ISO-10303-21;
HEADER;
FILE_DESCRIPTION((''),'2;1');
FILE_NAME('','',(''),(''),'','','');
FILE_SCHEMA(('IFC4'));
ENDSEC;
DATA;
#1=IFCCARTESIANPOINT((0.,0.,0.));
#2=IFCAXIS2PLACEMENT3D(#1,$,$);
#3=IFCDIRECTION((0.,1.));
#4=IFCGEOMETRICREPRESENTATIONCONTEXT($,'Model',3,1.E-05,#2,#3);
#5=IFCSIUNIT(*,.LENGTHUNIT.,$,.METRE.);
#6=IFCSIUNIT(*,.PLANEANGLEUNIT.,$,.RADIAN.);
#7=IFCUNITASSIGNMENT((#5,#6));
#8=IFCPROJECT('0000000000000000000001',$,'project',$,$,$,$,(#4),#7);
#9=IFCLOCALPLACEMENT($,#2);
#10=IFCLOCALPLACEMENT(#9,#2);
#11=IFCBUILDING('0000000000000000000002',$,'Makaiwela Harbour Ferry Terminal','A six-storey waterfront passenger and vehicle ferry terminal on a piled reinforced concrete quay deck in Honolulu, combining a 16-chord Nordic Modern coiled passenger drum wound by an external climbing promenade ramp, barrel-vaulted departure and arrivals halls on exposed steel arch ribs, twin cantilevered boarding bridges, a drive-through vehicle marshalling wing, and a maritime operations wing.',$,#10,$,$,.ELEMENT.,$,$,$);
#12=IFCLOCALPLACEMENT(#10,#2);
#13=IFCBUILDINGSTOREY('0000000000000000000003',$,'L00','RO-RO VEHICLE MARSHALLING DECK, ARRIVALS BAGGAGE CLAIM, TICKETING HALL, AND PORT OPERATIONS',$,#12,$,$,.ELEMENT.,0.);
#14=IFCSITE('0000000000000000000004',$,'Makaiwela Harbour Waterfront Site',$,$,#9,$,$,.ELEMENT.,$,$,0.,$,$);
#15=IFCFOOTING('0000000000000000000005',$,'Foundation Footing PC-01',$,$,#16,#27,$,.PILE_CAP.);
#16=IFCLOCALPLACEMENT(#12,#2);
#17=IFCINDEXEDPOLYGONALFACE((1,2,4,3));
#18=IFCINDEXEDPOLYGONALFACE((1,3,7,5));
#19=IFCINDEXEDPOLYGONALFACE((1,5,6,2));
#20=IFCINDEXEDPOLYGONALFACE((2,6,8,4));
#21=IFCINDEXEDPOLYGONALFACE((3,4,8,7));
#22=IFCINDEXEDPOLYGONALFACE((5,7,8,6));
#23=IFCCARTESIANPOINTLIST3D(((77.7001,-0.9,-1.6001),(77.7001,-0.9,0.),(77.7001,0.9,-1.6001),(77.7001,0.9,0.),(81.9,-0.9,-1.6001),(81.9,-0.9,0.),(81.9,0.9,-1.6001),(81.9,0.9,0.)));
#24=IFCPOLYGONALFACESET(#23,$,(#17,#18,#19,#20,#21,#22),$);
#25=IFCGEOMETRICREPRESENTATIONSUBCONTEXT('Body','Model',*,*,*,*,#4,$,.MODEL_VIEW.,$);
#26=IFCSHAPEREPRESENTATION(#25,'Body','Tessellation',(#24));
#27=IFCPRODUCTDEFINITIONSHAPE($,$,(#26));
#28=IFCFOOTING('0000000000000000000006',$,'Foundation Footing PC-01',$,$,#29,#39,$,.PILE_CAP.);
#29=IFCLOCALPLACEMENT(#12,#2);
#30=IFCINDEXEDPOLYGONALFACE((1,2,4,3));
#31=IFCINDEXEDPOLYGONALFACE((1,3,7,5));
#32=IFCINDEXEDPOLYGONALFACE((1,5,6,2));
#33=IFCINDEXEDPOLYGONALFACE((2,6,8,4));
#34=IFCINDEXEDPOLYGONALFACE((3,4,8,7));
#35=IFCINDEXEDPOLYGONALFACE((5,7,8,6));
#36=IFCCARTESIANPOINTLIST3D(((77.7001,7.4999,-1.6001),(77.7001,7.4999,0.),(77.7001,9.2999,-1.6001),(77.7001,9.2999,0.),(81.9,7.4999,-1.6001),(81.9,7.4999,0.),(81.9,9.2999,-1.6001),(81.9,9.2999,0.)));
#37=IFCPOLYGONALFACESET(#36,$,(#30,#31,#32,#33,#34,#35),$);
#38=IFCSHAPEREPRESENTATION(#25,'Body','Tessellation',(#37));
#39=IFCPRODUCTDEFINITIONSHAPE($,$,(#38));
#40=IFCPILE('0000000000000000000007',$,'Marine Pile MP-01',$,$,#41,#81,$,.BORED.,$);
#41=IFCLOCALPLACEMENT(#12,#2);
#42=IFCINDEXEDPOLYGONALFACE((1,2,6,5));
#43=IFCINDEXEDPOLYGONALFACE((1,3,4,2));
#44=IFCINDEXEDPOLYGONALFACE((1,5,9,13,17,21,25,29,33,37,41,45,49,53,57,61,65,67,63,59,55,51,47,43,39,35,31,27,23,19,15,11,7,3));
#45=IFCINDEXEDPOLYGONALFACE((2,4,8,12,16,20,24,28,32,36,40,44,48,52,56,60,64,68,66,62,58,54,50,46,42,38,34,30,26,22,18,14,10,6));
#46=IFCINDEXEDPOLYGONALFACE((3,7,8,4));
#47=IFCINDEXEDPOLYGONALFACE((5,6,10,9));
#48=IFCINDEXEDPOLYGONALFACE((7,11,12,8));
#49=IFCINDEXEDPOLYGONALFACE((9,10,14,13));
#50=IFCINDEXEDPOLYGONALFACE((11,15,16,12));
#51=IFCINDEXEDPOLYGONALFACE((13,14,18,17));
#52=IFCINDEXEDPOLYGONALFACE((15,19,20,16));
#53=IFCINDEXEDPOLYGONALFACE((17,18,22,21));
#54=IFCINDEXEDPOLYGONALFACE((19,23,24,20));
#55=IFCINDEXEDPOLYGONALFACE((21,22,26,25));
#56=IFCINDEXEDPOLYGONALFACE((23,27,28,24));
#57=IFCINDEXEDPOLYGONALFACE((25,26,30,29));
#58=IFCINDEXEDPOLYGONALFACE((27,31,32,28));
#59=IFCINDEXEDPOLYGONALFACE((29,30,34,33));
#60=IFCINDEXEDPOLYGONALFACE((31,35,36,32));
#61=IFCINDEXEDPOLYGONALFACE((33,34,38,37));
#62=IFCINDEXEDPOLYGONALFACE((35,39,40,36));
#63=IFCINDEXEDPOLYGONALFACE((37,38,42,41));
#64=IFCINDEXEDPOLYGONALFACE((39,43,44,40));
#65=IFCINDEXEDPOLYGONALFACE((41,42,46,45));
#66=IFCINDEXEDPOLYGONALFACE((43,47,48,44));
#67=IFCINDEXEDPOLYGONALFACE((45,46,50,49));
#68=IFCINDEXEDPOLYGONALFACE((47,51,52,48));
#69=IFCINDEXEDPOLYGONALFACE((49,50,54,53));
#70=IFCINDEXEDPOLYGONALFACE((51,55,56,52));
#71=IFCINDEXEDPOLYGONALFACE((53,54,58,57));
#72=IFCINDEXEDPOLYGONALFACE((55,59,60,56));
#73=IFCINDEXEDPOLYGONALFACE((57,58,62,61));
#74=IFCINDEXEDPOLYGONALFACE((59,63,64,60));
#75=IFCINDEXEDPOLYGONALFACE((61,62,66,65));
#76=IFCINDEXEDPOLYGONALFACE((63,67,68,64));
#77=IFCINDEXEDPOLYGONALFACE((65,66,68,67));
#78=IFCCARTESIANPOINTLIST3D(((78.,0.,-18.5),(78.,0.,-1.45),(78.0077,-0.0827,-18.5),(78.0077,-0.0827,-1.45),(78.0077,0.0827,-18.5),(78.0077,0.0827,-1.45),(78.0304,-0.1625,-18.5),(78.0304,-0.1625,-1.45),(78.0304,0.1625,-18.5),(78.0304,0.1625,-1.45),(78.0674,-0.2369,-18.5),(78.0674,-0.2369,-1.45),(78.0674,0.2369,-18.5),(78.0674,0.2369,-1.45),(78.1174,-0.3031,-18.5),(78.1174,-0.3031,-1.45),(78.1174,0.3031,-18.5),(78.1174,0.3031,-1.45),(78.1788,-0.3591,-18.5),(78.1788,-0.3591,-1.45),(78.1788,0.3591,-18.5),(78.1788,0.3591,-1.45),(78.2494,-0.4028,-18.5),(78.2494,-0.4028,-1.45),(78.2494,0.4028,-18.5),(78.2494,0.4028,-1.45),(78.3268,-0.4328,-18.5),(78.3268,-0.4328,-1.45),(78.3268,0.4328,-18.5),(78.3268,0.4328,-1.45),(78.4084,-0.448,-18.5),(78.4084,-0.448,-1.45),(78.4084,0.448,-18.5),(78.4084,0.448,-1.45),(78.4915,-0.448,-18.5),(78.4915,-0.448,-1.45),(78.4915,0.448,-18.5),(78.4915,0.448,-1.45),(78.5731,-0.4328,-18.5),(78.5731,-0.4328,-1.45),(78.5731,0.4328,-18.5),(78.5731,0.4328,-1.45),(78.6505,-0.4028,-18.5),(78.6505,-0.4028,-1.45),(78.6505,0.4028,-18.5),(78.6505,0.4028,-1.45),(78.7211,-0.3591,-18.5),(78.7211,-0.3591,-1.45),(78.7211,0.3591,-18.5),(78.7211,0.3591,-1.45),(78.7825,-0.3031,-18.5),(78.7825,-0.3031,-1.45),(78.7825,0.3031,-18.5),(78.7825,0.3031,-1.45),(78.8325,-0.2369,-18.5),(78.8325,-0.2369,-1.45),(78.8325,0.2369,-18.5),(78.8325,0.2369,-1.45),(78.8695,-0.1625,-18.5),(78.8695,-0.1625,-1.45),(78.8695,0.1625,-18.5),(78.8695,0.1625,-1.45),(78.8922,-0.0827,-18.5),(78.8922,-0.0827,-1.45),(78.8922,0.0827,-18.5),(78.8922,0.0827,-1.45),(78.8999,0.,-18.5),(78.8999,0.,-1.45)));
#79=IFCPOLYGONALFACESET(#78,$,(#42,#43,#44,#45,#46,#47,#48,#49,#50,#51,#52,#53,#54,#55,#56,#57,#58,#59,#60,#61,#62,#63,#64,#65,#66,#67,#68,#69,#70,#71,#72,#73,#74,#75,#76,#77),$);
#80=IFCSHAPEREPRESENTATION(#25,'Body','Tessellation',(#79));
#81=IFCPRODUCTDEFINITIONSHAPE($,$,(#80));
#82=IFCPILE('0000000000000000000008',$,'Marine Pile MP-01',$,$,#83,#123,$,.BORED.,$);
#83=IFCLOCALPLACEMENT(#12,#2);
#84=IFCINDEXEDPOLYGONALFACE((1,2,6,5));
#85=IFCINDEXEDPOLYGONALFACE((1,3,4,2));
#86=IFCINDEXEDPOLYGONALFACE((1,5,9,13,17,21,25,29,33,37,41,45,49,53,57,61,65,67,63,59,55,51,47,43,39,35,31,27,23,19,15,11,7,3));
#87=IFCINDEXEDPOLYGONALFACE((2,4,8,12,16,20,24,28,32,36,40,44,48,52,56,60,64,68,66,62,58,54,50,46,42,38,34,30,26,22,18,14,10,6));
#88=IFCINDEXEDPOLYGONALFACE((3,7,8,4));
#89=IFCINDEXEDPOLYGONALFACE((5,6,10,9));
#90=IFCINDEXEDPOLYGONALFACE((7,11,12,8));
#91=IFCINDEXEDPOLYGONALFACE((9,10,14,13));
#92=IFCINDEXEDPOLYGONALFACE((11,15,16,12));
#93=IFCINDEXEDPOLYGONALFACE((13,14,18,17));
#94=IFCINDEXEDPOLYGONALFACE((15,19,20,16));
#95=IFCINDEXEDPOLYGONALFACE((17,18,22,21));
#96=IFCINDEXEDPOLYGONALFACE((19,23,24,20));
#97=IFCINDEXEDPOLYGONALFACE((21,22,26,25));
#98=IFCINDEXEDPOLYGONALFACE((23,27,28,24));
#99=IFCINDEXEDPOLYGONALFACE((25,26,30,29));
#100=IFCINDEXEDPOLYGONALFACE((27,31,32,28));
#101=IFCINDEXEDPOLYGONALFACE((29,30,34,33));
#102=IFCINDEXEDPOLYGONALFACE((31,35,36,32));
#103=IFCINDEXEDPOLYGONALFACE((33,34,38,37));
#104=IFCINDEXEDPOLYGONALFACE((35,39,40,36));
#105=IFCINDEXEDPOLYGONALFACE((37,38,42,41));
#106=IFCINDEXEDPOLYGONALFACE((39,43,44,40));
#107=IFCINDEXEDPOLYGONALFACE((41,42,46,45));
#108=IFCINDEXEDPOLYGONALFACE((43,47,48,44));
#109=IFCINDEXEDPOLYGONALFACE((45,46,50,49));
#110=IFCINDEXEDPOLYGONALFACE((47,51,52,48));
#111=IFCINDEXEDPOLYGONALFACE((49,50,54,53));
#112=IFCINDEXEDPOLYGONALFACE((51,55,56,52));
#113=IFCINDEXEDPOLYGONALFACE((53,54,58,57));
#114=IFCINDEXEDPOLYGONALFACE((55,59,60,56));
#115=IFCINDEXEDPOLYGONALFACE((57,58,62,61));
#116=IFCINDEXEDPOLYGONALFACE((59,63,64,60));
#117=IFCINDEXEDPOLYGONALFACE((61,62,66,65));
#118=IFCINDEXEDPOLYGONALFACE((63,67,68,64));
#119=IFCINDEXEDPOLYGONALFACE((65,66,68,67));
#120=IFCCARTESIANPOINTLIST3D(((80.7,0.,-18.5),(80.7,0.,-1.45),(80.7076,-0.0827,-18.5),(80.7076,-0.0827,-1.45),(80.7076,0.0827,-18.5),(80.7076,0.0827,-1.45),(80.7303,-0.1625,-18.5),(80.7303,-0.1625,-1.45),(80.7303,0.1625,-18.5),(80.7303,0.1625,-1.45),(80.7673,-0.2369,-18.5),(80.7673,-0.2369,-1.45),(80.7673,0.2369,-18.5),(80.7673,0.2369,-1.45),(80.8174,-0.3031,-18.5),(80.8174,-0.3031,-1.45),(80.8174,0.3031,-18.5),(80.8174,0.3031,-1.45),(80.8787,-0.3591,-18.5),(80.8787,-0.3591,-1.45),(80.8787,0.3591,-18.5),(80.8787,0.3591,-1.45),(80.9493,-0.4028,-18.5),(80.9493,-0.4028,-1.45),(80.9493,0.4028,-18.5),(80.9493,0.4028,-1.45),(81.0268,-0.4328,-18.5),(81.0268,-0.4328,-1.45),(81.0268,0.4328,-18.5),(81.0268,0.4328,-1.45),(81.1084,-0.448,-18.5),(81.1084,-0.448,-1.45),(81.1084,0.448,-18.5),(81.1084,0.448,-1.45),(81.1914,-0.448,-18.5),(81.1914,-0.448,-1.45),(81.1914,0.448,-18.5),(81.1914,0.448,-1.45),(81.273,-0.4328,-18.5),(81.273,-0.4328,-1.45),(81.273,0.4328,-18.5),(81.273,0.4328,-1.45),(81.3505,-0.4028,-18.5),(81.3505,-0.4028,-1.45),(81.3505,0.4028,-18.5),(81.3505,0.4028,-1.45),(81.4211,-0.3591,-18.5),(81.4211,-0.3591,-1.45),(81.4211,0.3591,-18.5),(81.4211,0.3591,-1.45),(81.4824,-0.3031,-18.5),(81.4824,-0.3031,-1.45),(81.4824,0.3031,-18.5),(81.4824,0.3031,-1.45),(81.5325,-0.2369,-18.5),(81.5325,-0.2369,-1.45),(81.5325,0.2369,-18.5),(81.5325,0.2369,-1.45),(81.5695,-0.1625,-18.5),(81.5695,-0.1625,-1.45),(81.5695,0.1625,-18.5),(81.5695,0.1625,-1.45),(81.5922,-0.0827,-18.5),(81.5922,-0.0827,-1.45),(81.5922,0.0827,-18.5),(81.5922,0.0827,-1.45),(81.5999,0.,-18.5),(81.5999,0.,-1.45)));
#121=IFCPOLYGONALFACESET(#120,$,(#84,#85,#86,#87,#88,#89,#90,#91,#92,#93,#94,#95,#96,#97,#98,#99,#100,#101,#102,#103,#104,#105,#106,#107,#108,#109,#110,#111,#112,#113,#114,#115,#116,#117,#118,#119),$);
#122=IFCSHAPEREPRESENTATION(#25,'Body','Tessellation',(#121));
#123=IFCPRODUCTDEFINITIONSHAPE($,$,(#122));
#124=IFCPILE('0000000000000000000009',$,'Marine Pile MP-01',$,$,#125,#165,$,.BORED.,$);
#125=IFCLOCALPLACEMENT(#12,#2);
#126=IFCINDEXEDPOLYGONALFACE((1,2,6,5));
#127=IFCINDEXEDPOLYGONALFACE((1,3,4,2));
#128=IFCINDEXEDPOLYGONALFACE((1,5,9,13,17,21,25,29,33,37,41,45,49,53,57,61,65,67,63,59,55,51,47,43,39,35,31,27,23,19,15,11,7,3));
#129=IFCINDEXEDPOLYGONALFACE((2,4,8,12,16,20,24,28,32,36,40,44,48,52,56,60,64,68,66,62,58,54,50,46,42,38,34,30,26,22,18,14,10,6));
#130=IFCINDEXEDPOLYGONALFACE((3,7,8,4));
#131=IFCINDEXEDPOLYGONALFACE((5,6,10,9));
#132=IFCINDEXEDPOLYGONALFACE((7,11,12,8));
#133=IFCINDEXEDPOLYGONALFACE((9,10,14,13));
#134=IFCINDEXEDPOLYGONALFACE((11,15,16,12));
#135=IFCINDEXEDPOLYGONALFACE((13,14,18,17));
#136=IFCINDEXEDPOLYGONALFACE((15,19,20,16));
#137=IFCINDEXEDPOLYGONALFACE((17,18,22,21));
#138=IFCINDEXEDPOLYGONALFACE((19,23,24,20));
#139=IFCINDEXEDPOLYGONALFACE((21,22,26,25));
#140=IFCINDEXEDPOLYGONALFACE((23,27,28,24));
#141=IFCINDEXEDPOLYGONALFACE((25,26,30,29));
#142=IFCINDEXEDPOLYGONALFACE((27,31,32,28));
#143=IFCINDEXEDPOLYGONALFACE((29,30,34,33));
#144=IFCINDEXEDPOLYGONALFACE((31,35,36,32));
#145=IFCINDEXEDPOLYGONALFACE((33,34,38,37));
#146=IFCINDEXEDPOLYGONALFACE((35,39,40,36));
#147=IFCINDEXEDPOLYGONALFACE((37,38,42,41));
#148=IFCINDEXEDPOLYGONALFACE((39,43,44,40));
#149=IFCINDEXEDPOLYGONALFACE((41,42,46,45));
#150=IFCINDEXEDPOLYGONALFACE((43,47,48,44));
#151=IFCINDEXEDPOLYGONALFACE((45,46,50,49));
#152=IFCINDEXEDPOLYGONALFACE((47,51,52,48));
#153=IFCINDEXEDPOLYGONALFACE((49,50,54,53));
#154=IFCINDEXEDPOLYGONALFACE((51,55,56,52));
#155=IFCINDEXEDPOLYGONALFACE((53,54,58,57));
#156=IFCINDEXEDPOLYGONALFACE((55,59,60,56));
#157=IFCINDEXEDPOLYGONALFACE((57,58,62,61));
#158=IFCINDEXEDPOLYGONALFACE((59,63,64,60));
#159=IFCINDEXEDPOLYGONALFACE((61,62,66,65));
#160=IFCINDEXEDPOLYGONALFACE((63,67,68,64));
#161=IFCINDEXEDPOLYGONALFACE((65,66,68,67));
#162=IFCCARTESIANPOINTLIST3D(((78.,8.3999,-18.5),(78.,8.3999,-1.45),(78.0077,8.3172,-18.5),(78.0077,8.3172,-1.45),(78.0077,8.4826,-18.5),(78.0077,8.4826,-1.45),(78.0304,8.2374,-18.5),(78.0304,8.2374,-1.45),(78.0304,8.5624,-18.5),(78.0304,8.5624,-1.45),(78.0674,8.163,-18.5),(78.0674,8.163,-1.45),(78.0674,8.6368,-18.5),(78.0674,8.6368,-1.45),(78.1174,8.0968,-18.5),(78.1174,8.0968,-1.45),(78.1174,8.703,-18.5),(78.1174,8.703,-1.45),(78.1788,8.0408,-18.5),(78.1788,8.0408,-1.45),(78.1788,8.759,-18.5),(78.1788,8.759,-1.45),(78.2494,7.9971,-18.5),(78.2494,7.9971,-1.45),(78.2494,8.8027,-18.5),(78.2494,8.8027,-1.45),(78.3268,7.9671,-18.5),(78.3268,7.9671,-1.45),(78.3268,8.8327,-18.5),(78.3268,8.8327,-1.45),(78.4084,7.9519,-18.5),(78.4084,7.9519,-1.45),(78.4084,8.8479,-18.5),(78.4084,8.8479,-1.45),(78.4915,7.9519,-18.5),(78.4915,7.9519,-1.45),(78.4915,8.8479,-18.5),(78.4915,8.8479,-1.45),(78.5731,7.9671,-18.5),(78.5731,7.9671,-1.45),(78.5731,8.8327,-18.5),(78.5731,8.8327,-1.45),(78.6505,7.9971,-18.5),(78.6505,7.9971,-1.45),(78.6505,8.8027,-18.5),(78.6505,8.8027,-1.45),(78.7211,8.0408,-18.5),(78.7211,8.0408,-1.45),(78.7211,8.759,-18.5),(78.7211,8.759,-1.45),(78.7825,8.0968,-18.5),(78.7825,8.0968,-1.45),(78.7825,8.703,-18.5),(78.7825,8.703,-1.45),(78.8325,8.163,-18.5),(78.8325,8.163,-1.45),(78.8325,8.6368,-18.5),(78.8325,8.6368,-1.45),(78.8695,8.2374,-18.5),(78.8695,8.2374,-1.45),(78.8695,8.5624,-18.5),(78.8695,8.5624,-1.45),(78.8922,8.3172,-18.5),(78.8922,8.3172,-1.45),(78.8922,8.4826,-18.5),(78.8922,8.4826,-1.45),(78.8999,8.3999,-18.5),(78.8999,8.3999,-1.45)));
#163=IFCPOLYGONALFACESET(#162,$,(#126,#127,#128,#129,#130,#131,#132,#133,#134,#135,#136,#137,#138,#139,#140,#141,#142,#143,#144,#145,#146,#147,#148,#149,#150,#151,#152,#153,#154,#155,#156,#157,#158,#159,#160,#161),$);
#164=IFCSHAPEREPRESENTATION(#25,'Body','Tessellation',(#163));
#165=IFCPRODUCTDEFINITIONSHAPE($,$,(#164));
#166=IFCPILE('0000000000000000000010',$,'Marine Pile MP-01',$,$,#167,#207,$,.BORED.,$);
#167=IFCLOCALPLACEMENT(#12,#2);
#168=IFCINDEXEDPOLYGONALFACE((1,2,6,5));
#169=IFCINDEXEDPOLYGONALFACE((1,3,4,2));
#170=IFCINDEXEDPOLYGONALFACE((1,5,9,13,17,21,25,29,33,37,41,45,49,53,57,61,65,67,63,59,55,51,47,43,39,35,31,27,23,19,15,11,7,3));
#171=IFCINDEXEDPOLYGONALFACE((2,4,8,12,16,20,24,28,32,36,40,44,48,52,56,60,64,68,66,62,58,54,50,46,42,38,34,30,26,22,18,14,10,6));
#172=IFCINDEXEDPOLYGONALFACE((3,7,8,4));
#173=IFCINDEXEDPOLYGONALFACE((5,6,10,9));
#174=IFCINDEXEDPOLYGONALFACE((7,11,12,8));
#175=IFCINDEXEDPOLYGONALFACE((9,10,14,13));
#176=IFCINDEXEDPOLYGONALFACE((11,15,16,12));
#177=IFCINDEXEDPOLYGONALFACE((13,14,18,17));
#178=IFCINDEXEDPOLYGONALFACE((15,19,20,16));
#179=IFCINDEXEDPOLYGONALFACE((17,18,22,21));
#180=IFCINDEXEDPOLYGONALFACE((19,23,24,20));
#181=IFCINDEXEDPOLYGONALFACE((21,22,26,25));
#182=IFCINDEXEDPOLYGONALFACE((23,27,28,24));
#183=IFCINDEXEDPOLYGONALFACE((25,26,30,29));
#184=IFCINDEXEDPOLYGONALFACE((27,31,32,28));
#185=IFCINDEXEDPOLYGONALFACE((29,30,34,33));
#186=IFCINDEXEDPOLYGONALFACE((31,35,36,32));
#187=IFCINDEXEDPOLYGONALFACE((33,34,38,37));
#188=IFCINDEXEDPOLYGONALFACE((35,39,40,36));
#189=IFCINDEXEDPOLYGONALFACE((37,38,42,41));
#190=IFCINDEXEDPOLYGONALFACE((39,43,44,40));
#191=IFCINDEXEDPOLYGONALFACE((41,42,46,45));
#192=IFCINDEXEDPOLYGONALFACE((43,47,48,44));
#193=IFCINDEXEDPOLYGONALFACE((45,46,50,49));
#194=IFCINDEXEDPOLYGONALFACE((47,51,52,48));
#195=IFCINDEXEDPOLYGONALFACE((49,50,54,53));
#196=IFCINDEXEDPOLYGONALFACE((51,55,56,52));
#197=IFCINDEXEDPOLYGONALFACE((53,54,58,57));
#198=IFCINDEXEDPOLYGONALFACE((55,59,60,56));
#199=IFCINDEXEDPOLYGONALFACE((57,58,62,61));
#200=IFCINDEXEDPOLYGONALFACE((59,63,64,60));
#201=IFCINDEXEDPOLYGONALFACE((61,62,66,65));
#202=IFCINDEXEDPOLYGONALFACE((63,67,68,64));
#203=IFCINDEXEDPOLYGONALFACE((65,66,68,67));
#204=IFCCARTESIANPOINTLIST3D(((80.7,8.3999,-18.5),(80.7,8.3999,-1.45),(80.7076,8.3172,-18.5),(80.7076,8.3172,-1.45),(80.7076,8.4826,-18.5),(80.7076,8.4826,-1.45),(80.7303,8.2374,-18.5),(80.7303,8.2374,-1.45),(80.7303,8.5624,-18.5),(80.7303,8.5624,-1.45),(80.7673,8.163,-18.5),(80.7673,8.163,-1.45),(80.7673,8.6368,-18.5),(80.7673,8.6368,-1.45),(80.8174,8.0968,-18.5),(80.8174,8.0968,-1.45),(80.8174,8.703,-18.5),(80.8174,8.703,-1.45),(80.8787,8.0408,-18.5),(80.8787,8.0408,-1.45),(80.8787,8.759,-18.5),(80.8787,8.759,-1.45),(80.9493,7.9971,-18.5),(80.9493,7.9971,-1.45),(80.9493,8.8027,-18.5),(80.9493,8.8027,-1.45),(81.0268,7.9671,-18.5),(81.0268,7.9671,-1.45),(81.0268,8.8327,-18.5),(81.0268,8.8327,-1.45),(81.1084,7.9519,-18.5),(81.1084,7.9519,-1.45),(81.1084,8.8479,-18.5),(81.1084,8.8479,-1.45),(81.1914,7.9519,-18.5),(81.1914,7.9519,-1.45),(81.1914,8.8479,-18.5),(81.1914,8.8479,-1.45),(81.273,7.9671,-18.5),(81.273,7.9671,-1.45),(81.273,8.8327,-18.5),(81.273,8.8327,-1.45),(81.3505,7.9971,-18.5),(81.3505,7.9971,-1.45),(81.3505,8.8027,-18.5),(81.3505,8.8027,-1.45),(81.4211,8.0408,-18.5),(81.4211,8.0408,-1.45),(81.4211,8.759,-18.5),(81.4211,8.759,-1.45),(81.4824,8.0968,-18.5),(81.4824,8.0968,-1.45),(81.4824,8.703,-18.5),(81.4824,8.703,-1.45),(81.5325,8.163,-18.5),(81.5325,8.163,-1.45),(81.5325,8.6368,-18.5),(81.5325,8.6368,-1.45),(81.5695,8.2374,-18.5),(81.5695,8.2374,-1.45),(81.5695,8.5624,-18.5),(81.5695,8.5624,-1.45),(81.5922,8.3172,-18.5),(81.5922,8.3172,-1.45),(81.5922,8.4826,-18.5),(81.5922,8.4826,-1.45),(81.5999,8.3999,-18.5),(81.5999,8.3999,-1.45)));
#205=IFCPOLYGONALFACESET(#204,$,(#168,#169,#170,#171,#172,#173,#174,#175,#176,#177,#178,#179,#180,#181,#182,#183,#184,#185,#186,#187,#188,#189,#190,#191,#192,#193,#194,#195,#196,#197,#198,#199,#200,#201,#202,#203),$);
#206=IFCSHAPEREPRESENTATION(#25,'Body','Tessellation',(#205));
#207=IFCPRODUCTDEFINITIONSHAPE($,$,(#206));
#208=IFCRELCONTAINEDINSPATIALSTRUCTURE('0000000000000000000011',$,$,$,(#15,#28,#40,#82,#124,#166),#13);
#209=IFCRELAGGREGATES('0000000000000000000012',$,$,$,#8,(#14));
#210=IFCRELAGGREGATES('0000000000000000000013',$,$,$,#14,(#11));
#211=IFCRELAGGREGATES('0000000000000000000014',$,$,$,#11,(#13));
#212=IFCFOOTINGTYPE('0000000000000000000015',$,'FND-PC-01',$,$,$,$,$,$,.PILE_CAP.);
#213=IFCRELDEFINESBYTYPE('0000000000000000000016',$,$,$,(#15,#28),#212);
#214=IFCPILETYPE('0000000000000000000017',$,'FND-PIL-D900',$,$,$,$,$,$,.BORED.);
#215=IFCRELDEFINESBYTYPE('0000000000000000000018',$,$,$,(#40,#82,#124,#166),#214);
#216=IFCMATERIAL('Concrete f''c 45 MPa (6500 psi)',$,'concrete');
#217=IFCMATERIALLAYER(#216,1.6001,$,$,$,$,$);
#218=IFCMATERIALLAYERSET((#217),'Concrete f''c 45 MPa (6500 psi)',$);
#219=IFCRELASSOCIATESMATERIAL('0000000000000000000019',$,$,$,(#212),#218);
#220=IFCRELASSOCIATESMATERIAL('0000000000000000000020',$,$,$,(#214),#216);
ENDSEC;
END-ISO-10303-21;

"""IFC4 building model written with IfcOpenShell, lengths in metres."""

from ifc_helpers import new_model, si_unit, direction, frame, origin, origin_2d, place, context, subcontext, project, spatial, rectangle, circle, extrude, material, layer, layer_set, material_profile, profile_set, type_object, element, save


model = new_model("IFC4")

# Units and contexts
model_context = context("Model", 3, precision=1e-05, world=origin(), true_north=direction((0.0, 1.0)))
body_context = subcontext(model_context, "Body", "Model", "MODEL_VIEW")
ifc_project = project(units=[si_unit("LENGTHUNIT", "METRE"), si_unit("PLANEANGLEUNIT", "RADIAN")], contexts=[model_context])

# Site, building, storey
site_placement = place(None, origin())
site = spatial("IfcSite", under=ifc_project, at=site_placement, Name="Makaiwela Harbour Waterfront Site", CompositionType="ELEMENT", RefElevation=0.0)
building_placement = place(site_placement, origin())
building = spatial("IfcBuilding", under=site, at=building_placement, Name="Makaiwela Harbour Ferry Terminal", Description="A six-storey waterfront passenger and vehicle ferry terminal on a piled reinforced concrete quay deck in Honolulu, combining a 16-chord Nordic Modern coiled passenger drum wound by an external climbing promenade ramp, barrel-vaulted departure and arrivals halls on exposed steel arch ribs, twin cantilevered boarding bridges, a drive-through vehicle marshalling wing, and a maritime operations wing.", CompositionType="ELEMENT")
storey_placement = place(building_placement, origin())
storey = spatial("IfcBuildingStorey", under=building, at=storey_placement, Name="L00", Description="RO-RO VEHICLE MARSHALLING DECK, ARRIVALS BAGGAGE CLAIM, TICKETING HALL, AND PORT OPERATIONS", CompositionType="ELEMENT", Elevation=0.0)

# Footings
ifc_material_1 = material(Name="Concrete f'c 45 MPa (6500 psi)", Category="concrete")
ifc_layer_1 = layer(ifc_material_1, 1.6001)
ifc_layer_set_1 = layer_set([ifc_layer_1], Name="Concrete f'c 45 MPa (6500 psi)")
footing_type_1 = type_object("IfcFootingType", Name="FND-PC-01", PredefinedType="PILE_CAP", material=ifc_layer_set_1)
for number, where, z_axis, x_axis, name in (
    (1, (79.8, 0.0, -1.6001), (0.0, 0.0, 1.0), (1.0, 0.0, 0.0), "Foundation Footing PC-01"),
    (2, (79.8, 8.3999, -1.6001), (0.0, 0.0, 1.0), (1.0, 0.0, 0.0), "Foundation Footing PC-01"),
):
    element("IfcFooting", number, at=place(storey_placement, frame(where, z_axis=z_axis, x_axis=x_axis)), inside=storey, type_object=footing_type_1, Name=name, PredefinedType="PILE_CAP", context=body_context, shape_type="SweptSolid", body=[
        extrude(rectangle(XDim=4.2, YDim=1.8, at=origin_2d()), origin(), (0.0, 0.0, 1.0), 1.6001),
    ])

# Piles
ifc_material_profile_1 = material_profile(ifc_material_1, circle(Radius=0.45, at=origin_2d()), Name="PILE-D900")
ifc_profile_set_1 = profile_set([ifc_material_profile_1], Name="Concrete f'c 45 MPa (6500 psi)")
pile_type = type_object("IfcPileType", Name="FND-PIL-D900", PredefinedType="BORED", material=ifc_profile_set_1)
for number, where, z_axis, x_axis, name in (
    (3, (78.45, 0.0, -1.45), (0.0, 0.0, -1.0), (1.0, 0.0, 0.0), "Marine Pile MP-01"),
    (4, (81.1499, 0.0, -1.45), (0.0, 0.0, -1.0), (1.0, 0.0, 0.0), "Marine Pile MP-01"),
    (5, (78.45, 8.3999, -1.45), (0.0, 0.0, -1.0), (1.0, 0.0, 0.0), "Marine Pile MP-01"),
    (6, (81.1499, 8.3999, -1.45), (0.0, 0.0, -1.0), (1.0, 0.0, 0.0), "Marine Pile MP-01"),
):
    element("IfcPile", number, at=place(storey_placement, frame(where, z_axis=z_axis, x_axis=x_axis)), inside=storey, type_object=pile_type, Name=name, PredefinedType="BORED", context=body_context, shape_type="SweptSolid", body=[
        extrude(circle(Radius=0.45, at=origin_2d()), origin(), (0.0, 0.0, 1.0), 17.05),
    ])

save(model, "model.ifc")
